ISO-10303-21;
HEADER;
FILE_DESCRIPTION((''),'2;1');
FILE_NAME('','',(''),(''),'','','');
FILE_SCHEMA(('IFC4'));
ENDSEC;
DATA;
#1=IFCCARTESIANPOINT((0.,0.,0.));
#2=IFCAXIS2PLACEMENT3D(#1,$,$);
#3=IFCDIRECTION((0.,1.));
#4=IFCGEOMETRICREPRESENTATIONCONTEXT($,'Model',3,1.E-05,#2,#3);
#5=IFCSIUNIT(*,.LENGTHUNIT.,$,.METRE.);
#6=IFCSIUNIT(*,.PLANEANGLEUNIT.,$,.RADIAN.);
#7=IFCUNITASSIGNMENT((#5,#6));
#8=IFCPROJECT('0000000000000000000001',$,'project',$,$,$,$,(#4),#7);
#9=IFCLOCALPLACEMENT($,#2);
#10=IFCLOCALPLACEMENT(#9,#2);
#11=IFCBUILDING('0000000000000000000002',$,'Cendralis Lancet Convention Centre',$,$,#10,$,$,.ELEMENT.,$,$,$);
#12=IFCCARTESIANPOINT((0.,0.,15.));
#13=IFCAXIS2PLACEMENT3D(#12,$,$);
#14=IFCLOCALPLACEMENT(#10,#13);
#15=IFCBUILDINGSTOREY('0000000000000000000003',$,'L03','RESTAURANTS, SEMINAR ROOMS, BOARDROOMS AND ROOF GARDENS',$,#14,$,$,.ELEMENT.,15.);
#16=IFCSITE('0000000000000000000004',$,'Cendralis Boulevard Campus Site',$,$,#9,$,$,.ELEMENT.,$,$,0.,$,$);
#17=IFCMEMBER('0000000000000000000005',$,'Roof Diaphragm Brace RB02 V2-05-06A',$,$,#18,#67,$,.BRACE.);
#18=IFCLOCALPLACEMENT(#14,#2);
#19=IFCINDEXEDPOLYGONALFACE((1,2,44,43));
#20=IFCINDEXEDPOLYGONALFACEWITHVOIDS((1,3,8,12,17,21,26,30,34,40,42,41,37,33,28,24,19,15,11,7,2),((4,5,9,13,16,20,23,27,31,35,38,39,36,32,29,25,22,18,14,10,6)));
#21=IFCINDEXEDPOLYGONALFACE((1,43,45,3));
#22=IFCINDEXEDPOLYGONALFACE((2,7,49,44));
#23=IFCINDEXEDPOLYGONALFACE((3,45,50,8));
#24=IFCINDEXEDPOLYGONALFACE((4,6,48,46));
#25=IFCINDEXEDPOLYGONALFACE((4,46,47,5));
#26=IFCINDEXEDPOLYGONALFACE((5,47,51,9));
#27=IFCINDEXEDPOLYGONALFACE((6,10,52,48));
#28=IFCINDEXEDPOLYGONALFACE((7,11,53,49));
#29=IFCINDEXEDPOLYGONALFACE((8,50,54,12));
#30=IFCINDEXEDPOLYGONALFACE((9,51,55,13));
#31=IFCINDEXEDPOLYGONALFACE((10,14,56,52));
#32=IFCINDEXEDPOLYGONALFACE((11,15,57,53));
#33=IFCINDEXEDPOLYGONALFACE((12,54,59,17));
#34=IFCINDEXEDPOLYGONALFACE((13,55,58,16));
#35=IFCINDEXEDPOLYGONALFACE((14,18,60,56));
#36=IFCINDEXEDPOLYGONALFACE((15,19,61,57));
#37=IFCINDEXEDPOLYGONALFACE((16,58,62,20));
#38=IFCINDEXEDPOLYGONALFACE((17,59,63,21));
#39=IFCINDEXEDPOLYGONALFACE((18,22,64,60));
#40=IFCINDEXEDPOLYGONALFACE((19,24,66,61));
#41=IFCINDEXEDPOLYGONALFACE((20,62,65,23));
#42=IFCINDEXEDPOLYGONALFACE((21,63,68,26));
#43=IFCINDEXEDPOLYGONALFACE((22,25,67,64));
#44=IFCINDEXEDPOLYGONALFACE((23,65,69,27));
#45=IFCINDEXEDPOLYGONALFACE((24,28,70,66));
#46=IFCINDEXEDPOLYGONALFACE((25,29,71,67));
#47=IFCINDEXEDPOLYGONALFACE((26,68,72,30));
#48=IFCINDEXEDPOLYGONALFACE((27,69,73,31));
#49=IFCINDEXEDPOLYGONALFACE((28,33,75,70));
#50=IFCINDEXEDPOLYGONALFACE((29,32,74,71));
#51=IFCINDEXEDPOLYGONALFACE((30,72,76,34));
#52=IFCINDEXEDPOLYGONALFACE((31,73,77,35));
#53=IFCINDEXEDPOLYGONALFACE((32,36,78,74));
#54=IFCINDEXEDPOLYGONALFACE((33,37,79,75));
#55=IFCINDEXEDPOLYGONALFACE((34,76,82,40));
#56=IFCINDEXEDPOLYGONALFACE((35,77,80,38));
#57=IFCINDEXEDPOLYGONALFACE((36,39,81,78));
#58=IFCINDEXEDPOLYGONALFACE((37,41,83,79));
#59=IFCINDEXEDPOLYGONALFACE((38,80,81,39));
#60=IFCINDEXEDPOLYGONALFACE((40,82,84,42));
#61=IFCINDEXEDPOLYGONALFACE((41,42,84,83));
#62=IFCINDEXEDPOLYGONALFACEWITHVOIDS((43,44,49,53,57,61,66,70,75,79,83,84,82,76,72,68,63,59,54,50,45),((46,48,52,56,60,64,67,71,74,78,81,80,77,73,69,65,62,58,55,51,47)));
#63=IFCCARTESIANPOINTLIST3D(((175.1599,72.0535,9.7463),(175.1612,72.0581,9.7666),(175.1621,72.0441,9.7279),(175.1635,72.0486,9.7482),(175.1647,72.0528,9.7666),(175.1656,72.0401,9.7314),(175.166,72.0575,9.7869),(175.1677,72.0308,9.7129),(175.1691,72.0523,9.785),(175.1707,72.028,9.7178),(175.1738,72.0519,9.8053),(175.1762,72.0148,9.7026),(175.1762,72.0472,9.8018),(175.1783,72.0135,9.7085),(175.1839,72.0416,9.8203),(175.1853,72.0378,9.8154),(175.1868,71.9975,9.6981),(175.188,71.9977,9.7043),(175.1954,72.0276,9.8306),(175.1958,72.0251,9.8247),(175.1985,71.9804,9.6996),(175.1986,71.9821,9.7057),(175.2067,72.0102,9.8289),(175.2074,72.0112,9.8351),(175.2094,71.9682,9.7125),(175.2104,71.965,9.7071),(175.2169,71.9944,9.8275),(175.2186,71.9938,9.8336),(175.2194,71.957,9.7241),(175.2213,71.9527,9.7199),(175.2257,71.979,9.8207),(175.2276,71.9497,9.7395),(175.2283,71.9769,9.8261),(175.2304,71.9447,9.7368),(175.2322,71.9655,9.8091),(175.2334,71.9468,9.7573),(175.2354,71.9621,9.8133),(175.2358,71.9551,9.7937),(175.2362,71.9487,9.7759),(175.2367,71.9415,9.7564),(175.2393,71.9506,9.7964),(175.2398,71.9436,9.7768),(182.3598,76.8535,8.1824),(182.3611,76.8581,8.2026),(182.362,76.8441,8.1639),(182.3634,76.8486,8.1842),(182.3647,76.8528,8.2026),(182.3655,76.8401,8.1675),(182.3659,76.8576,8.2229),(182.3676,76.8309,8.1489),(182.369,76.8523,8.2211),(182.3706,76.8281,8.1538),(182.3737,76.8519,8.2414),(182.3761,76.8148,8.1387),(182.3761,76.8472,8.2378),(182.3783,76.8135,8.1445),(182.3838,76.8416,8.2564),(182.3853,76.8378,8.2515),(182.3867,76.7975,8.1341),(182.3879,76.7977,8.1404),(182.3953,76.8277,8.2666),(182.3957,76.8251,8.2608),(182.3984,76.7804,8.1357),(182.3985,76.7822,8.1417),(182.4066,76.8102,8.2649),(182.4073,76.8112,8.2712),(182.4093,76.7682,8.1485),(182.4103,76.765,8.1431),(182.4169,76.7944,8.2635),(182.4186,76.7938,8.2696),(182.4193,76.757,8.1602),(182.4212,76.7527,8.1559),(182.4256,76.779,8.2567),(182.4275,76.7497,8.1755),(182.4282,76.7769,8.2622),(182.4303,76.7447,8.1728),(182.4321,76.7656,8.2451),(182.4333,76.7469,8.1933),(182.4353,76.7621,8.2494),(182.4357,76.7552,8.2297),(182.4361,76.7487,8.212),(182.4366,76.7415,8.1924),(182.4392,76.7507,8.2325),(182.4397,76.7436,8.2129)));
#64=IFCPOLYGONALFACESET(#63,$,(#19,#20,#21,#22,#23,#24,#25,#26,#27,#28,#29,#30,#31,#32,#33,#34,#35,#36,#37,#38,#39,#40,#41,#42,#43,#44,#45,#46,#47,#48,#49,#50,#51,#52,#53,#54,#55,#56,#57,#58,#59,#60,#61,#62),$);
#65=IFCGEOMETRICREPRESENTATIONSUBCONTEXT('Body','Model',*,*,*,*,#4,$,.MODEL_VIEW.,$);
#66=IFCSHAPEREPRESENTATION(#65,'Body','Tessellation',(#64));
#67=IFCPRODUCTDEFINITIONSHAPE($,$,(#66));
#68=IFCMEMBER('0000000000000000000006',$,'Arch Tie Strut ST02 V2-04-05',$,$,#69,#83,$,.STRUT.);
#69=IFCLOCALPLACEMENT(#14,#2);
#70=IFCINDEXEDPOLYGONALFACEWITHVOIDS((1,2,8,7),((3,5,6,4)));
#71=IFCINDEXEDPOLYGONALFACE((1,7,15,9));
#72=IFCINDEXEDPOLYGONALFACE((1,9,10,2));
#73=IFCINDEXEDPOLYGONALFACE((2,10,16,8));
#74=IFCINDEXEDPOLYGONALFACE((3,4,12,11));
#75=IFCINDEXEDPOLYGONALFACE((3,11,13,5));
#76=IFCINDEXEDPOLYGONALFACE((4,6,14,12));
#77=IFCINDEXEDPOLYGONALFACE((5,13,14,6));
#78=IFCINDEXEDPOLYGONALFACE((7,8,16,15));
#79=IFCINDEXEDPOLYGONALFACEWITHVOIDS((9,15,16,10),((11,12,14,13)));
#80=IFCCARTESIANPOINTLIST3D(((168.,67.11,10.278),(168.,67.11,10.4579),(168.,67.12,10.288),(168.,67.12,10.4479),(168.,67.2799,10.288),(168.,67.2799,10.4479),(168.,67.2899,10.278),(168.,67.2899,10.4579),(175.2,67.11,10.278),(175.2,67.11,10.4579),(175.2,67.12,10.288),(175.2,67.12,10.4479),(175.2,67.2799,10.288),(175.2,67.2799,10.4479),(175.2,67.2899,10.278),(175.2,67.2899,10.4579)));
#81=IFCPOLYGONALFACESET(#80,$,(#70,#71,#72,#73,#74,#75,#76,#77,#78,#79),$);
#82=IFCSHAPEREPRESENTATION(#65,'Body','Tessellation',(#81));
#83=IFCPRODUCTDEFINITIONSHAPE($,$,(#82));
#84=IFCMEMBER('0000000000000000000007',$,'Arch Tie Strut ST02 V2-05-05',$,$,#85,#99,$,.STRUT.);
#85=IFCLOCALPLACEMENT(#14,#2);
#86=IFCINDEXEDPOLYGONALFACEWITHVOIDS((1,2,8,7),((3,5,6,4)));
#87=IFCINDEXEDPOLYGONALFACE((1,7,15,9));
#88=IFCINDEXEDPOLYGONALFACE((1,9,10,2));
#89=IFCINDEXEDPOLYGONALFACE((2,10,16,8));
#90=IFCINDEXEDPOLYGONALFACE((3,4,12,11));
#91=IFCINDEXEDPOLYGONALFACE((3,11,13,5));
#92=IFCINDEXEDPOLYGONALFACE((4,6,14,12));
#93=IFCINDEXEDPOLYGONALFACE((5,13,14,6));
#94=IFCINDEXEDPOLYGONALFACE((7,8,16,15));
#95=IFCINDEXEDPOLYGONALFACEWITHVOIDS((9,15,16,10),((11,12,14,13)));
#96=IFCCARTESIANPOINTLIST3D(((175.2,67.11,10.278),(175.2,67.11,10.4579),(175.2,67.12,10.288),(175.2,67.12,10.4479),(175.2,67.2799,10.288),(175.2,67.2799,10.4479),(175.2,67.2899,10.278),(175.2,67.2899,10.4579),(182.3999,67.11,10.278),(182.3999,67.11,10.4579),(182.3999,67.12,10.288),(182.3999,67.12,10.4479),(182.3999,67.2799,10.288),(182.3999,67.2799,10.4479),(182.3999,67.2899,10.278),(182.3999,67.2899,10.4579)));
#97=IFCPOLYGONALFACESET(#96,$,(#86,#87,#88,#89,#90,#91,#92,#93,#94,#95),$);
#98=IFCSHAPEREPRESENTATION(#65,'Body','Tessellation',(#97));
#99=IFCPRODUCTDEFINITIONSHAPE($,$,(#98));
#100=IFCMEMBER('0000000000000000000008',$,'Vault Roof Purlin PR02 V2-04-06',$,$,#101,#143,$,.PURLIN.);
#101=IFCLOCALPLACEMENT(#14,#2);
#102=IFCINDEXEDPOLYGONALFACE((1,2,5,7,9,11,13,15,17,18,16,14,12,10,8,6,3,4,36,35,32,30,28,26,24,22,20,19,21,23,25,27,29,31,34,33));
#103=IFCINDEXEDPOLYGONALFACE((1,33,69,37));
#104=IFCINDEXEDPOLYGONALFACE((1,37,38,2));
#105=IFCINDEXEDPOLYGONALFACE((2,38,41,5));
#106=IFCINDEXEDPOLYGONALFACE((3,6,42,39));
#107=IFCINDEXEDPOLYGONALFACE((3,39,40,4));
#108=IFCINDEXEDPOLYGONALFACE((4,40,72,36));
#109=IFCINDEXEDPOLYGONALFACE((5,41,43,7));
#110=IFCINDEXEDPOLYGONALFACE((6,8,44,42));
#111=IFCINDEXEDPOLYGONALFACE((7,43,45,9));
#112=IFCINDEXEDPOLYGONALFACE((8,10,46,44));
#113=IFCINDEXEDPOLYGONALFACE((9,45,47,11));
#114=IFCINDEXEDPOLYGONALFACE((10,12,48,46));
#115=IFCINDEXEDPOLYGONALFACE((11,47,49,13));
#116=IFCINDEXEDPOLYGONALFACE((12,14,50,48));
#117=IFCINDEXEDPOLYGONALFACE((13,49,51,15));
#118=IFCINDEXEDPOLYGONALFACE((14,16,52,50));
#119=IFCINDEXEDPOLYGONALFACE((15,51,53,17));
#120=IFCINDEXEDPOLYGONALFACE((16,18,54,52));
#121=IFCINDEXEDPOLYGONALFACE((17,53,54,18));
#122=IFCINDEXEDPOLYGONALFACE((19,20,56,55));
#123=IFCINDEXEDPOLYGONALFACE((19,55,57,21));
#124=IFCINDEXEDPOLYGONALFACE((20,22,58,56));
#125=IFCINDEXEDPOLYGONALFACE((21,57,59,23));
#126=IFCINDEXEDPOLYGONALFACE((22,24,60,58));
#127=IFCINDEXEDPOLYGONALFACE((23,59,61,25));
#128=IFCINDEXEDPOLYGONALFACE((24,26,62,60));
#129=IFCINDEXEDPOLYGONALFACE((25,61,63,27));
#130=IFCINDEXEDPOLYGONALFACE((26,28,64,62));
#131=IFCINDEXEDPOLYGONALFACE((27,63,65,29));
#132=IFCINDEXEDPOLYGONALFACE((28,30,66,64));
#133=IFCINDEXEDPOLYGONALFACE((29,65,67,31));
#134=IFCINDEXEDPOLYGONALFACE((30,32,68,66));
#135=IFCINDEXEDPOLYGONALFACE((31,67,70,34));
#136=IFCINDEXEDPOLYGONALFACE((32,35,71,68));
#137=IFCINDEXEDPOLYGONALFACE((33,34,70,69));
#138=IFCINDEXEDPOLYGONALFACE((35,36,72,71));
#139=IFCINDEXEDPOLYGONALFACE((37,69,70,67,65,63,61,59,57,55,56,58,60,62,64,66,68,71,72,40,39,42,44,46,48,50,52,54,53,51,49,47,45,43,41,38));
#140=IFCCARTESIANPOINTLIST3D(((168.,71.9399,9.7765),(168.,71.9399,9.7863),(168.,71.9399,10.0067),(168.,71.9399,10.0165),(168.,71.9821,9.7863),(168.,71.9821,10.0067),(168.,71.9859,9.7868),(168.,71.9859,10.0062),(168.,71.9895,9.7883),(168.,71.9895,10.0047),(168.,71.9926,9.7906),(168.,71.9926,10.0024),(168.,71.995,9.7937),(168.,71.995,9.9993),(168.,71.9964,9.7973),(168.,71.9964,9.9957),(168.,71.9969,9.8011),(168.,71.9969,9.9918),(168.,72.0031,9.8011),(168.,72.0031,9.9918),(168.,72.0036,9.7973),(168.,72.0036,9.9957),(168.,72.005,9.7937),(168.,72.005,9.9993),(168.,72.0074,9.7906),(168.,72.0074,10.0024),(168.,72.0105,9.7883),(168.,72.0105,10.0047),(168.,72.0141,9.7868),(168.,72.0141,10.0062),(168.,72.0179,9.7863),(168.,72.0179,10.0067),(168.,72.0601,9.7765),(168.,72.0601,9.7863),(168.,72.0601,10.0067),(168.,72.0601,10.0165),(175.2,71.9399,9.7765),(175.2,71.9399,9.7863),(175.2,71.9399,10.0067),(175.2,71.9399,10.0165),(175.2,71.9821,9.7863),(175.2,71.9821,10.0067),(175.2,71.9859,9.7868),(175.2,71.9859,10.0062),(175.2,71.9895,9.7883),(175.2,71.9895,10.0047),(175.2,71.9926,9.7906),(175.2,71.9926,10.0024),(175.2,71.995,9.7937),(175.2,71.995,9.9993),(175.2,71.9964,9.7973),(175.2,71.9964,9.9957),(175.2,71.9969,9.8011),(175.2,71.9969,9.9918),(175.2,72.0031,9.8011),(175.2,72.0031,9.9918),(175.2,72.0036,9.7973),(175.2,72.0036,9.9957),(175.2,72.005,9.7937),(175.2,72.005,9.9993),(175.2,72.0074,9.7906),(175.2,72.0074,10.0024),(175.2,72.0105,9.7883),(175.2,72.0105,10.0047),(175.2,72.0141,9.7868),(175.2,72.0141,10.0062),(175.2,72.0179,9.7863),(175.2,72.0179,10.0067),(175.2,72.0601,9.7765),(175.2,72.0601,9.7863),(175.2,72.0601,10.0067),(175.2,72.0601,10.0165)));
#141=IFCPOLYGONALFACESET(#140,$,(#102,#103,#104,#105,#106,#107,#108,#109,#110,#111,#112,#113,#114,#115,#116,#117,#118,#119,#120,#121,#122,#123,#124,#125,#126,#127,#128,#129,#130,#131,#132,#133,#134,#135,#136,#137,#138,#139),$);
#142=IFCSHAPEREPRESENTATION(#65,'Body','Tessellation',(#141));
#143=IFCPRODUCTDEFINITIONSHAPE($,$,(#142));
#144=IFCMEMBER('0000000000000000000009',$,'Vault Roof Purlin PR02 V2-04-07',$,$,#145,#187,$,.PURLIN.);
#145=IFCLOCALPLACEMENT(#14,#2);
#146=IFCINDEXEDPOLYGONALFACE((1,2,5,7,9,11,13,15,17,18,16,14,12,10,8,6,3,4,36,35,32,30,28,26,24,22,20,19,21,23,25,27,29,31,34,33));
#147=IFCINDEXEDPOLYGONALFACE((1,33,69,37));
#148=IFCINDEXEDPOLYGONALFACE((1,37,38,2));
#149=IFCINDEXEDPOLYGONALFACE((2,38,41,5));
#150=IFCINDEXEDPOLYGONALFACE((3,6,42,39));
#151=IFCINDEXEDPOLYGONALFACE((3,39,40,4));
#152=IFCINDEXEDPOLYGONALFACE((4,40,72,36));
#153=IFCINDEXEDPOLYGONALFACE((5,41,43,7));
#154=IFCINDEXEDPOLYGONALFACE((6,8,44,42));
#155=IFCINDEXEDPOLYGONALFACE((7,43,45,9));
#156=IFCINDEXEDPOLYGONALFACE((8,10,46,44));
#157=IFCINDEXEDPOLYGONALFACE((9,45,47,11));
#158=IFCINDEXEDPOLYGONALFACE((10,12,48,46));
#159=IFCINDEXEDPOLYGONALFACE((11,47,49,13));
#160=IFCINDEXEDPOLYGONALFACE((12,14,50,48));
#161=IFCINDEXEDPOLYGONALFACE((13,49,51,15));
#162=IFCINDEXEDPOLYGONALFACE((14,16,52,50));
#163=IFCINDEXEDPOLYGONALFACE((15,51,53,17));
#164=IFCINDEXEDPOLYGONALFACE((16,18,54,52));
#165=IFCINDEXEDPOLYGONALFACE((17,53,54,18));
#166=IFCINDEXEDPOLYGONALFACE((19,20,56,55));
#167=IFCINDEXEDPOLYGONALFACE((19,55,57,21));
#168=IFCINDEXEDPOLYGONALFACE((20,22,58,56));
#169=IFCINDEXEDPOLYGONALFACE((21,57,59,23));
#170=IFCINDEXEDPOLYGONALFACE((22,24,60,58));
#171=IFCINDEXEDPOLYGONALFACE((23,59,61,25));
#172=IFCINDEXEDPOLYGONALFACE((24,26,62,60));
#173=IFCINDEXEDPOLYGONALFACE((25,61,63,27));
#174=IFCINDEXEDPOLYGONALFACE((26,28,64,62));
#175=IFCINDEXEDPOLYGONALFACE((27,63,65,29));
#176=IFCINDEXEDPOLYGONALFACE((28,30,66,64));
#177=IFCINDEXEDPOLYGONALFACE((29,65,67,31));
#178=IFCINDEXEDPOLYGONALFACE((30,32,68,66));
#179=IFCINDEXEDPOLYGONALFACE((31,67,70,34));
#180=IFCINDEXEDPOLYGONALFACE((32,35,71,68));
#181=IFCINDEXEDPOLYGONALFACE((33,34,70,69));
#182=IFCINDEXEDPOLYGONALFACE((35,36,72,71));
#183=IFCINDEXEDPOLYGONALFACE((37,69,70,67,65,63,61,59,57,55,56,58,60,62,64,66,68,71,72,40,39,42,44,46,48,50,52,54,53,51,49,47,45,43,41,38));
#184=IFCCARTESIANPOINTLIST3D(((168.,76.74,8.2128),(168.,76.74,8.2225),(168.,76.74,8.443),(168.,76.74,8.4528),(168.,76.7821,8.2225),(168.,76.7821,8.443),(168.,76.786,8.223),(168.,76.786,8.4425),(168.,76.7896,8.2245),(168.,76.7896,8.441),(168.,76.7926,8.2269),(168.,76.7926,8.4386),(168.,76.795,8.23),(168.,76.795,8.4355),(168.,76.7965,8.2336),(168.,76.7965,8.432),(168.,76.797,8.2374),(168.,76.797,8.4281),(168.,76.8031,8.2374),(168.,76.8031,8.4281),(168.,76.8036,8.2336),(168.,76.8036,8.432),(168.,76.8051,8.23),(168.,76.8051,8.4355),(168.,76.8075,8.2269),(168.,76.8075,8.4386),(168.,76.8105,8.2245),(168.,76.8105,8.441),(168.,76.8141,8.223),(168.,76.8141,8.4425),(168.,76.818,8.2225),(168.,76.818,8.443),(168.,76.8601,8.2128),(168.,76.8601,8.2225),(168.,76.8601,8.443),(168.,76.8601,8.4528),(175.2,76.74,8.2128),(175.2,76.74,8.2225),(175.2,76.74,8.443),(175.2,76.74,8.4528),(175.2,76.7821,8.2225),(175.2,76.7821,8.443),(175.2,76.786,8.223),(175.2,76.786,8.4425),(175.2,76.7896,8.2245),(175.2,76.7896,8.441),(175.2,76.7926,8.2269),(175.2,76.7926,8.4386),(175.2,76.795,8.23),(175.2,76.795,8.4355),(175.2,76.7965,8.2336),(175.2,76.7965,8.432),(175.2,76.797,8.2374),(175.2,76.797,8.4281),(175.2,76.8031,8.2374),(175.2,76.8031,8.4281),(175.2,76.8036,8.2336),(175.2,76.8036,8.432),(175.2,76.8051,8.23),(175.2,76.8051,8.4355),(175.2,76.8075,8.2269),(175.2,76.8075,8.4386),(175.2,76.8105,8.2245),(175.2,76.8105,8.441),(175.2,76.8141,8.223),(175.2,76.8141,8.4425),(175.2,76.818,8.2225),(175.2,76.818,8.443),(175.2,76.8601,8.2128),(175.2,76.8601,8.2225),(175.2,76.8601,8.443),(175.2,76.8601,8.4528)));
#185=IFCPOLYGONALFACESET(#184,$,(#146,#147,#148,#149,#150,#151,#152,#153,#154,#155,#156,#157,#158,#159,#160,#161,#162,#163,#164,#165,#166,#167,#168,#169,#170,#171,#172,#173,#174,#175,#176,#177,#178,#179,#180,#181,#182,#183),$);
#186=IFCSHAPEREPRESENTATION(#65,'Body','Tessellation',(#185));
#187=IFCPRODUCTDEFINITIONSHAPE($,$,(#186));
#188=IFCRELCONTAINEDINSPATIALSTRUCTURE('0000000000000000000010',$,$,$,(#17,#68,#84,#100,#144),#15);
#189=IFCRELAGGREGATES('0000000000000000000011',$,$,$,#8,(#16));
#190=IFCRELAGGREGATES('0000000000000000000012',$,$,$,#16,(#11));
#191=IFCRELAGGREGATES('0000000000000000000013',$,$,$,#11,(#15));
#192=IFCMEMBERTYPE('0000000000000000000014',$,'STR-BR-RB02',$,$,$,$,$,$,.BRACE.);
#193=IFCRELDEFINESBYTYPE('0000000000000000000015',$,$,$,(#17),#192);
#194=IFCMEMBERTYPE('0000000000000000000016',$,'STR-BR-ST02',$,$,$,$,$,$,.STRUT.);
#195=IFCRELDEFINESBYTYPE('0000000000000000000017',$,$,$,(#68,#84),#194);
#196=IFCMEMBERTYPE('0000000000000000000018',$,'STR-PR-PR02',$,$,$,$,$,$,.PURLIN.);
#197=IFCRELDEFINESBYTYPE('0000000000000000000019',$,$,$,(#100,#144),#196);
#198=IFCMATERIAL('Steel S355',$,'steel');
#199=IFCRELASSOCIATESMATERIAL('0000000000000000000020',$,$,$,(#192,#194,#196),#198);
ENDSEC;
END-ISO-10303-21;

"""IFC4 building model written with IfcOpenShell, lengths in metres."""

from ifc_helpers import new_model, si_unit, direction, frame, origin, origin_2d, place, context, subcontext, project, spatial, hollow_rectangle, hollow_circle, i_section, extrude, material, material_profile, profile_set, type_object, element, save


model = new_model("IFC4")

# Units and contexts
model_context = context("Model", 3, precision=1e-05, world=origin(), true_north=direction((0.0, 1.0)))
body_context = subcontext(model_context, "Body", "Model", "MODEL_VIEW")
ifc_project = project(units=[si_unit("LENGTHUNIT", "METRE"), si_unit("PLANEANGLEUNIT", "RADIAN")], contexts=[model_context])

# Site, building, storey
site_placement = place(None, origin())
site = spatial("IfcSite", under=ifc_project, at=site_placement, Name="Cendralis Boulevard Campus Site", CompositionType="ELEMENT", RefElevation=0.0)
building_placement = place(site_placement, origin())
building = spatial("IfcBuilding", under=site, at=building_placement, Name="Cendralis Lancet Convention Centre", CompositionType="ELEMENT")
storey_placement = place(building_placement, frame((0.0, 0.0, 15.0)))
storey = spatial("IfcBuildingStorey", under=building, at=storey_placement, Name="L03", Description="RESTAURANTS, SEMINAR ROOMS, BOARDROOMS AND ROOF GARDENS", CompositionType="ELEMENT", Elevation=15.0)

# Members
ifc_material = material(Name="Steel S355", Category="steel")
ifc_material_profile_1 = material_profile(ifc_material, hollow_circle(Radius=0.0698, WallThickness=0.0063, at=origin_2d()), Name="CHS 139.7x6.3")
ifc_profile_set_1 = profile_set([ifc_material_profile_1], Name="Steel S355")
member_type_1 = type_object("IfcMemberType", Name="STR-BR-RB02", PredefinedType="BRACE", material=ifc_profile_set_1)
member_1_placement = place(storey_placement, frame((175.2, 72.0, 9.7666), z_axis=(0.81878, 0.545863, -0.177855), x_axis=(-0.554707, 0.832046, 0.0)))
element("IfcMember", 1, at=member_1_placement, inside=storey, type_object=member_type_1, Name="Roof Diaphragm Brace RB02 V2-05-06A", PredefinedType="BRACE", context=body_context, shape_type="SweptSolid", body=[
    extrude(hollow_circle(Radius=0.0698, WallThickness=0.0063, at=origin_2d()), origin(), (0.0, 0.0, 1.0), 8.7935),
])
ifc_material_profile_2 = material_profile(ifc_material, hollow_rectangle(XDim=0.1799, YDim=0.1799, WallThickness=0.01, at=origin_2d()), Name="SHS 180x180x10.0")
ifc_profile_set_2 = profile_set([ifc_material_profile_2], Name="Steel S355")
member_type_2 = type_object("IfcMemberType", Name="STR-BR-ST02", PredefinedType="STRUT", material=ifc_profile_set_2)
for number, where, z_axis, x_axis, name in (
    (2, (168.0, 67.2, 10.3679), (1.0, 0.0, 0.0), (0.0, 1.0, 0.0), "Arch Tie Strut ST02 V2-04-05"),
    (3, (175.2, 67.2, 10.3679), (1.0, 0.0, 0.0), (0.0, 1.0, 0.0), "Arch Tie Strut ST02 V2-05-05"),
):
    element("IfcMember", number, at=place(storey_placement, frame(where, z_axis=z_axis, x_axis=x_axis)), inside=storey, type_object=member_type_2, Name=name, PredefinedType="STRUT", context=body_context, shape_type="SweptSolid", body=[
        extrude(hollow_rectangle(XDim=0.1799, YDim=0.1799, WallThickness=0.01, at=origin_2d()), origin(), (0.0, 0.0, 1.0), 7.2),
    ])
ifc_material_profile_3 = material_profile(ifc_material, i_section(OverallWidth=0.1201, OverallDepth=0.24, WebThickness=0.0061, FlangeThickness=0.0098, FilletRadius=0.0149, at=origin_2d()), Name="IPE 240")
ifc_profile_set_3 = profile_set([ifc_material_profile_3], Name="Steel S355")
member_type_3 = type_object("IfcMemberType", Name="STR-PR-PR02", PredefinedType="PURLIN", material=ifc_profile_set_3)
for number, where, z_axis, x_axis, name in (
    (4, (168.0, 72.0, 9.8965), (1.0, 0.0, 0.0), (0.0, 1.0, 0.0), "Vault Roof Purlin PR02 V2-04-06"),
    (5, (168.0, 76.8, 8.3328), (1.0, 0.0, 0.0), (0.0, 1.0, 0.0), "Vault Roof Purlin PR02 V2-04-07"),
):
    element("IfcMember", number, at=place(storey_placement, frame(where, z_axis=z_axis, x_axis=x_axis)), inside=storey, type_object=member_type_3, Name=name, PredefinedType="PURLIN", context=body_context, shape_type="SweptSolid", body=[
        extrude(i_section(OverallWidth=0.1201, OverallDepth=0.24, WebThickness=0.0061, FlangeThickness=0.0098, FilletRadius=0.0149, at=origin_2d()), origin(), (0.0, 0.0, 1.0), 7.2),
    ])

save(model, "model.ifc")
